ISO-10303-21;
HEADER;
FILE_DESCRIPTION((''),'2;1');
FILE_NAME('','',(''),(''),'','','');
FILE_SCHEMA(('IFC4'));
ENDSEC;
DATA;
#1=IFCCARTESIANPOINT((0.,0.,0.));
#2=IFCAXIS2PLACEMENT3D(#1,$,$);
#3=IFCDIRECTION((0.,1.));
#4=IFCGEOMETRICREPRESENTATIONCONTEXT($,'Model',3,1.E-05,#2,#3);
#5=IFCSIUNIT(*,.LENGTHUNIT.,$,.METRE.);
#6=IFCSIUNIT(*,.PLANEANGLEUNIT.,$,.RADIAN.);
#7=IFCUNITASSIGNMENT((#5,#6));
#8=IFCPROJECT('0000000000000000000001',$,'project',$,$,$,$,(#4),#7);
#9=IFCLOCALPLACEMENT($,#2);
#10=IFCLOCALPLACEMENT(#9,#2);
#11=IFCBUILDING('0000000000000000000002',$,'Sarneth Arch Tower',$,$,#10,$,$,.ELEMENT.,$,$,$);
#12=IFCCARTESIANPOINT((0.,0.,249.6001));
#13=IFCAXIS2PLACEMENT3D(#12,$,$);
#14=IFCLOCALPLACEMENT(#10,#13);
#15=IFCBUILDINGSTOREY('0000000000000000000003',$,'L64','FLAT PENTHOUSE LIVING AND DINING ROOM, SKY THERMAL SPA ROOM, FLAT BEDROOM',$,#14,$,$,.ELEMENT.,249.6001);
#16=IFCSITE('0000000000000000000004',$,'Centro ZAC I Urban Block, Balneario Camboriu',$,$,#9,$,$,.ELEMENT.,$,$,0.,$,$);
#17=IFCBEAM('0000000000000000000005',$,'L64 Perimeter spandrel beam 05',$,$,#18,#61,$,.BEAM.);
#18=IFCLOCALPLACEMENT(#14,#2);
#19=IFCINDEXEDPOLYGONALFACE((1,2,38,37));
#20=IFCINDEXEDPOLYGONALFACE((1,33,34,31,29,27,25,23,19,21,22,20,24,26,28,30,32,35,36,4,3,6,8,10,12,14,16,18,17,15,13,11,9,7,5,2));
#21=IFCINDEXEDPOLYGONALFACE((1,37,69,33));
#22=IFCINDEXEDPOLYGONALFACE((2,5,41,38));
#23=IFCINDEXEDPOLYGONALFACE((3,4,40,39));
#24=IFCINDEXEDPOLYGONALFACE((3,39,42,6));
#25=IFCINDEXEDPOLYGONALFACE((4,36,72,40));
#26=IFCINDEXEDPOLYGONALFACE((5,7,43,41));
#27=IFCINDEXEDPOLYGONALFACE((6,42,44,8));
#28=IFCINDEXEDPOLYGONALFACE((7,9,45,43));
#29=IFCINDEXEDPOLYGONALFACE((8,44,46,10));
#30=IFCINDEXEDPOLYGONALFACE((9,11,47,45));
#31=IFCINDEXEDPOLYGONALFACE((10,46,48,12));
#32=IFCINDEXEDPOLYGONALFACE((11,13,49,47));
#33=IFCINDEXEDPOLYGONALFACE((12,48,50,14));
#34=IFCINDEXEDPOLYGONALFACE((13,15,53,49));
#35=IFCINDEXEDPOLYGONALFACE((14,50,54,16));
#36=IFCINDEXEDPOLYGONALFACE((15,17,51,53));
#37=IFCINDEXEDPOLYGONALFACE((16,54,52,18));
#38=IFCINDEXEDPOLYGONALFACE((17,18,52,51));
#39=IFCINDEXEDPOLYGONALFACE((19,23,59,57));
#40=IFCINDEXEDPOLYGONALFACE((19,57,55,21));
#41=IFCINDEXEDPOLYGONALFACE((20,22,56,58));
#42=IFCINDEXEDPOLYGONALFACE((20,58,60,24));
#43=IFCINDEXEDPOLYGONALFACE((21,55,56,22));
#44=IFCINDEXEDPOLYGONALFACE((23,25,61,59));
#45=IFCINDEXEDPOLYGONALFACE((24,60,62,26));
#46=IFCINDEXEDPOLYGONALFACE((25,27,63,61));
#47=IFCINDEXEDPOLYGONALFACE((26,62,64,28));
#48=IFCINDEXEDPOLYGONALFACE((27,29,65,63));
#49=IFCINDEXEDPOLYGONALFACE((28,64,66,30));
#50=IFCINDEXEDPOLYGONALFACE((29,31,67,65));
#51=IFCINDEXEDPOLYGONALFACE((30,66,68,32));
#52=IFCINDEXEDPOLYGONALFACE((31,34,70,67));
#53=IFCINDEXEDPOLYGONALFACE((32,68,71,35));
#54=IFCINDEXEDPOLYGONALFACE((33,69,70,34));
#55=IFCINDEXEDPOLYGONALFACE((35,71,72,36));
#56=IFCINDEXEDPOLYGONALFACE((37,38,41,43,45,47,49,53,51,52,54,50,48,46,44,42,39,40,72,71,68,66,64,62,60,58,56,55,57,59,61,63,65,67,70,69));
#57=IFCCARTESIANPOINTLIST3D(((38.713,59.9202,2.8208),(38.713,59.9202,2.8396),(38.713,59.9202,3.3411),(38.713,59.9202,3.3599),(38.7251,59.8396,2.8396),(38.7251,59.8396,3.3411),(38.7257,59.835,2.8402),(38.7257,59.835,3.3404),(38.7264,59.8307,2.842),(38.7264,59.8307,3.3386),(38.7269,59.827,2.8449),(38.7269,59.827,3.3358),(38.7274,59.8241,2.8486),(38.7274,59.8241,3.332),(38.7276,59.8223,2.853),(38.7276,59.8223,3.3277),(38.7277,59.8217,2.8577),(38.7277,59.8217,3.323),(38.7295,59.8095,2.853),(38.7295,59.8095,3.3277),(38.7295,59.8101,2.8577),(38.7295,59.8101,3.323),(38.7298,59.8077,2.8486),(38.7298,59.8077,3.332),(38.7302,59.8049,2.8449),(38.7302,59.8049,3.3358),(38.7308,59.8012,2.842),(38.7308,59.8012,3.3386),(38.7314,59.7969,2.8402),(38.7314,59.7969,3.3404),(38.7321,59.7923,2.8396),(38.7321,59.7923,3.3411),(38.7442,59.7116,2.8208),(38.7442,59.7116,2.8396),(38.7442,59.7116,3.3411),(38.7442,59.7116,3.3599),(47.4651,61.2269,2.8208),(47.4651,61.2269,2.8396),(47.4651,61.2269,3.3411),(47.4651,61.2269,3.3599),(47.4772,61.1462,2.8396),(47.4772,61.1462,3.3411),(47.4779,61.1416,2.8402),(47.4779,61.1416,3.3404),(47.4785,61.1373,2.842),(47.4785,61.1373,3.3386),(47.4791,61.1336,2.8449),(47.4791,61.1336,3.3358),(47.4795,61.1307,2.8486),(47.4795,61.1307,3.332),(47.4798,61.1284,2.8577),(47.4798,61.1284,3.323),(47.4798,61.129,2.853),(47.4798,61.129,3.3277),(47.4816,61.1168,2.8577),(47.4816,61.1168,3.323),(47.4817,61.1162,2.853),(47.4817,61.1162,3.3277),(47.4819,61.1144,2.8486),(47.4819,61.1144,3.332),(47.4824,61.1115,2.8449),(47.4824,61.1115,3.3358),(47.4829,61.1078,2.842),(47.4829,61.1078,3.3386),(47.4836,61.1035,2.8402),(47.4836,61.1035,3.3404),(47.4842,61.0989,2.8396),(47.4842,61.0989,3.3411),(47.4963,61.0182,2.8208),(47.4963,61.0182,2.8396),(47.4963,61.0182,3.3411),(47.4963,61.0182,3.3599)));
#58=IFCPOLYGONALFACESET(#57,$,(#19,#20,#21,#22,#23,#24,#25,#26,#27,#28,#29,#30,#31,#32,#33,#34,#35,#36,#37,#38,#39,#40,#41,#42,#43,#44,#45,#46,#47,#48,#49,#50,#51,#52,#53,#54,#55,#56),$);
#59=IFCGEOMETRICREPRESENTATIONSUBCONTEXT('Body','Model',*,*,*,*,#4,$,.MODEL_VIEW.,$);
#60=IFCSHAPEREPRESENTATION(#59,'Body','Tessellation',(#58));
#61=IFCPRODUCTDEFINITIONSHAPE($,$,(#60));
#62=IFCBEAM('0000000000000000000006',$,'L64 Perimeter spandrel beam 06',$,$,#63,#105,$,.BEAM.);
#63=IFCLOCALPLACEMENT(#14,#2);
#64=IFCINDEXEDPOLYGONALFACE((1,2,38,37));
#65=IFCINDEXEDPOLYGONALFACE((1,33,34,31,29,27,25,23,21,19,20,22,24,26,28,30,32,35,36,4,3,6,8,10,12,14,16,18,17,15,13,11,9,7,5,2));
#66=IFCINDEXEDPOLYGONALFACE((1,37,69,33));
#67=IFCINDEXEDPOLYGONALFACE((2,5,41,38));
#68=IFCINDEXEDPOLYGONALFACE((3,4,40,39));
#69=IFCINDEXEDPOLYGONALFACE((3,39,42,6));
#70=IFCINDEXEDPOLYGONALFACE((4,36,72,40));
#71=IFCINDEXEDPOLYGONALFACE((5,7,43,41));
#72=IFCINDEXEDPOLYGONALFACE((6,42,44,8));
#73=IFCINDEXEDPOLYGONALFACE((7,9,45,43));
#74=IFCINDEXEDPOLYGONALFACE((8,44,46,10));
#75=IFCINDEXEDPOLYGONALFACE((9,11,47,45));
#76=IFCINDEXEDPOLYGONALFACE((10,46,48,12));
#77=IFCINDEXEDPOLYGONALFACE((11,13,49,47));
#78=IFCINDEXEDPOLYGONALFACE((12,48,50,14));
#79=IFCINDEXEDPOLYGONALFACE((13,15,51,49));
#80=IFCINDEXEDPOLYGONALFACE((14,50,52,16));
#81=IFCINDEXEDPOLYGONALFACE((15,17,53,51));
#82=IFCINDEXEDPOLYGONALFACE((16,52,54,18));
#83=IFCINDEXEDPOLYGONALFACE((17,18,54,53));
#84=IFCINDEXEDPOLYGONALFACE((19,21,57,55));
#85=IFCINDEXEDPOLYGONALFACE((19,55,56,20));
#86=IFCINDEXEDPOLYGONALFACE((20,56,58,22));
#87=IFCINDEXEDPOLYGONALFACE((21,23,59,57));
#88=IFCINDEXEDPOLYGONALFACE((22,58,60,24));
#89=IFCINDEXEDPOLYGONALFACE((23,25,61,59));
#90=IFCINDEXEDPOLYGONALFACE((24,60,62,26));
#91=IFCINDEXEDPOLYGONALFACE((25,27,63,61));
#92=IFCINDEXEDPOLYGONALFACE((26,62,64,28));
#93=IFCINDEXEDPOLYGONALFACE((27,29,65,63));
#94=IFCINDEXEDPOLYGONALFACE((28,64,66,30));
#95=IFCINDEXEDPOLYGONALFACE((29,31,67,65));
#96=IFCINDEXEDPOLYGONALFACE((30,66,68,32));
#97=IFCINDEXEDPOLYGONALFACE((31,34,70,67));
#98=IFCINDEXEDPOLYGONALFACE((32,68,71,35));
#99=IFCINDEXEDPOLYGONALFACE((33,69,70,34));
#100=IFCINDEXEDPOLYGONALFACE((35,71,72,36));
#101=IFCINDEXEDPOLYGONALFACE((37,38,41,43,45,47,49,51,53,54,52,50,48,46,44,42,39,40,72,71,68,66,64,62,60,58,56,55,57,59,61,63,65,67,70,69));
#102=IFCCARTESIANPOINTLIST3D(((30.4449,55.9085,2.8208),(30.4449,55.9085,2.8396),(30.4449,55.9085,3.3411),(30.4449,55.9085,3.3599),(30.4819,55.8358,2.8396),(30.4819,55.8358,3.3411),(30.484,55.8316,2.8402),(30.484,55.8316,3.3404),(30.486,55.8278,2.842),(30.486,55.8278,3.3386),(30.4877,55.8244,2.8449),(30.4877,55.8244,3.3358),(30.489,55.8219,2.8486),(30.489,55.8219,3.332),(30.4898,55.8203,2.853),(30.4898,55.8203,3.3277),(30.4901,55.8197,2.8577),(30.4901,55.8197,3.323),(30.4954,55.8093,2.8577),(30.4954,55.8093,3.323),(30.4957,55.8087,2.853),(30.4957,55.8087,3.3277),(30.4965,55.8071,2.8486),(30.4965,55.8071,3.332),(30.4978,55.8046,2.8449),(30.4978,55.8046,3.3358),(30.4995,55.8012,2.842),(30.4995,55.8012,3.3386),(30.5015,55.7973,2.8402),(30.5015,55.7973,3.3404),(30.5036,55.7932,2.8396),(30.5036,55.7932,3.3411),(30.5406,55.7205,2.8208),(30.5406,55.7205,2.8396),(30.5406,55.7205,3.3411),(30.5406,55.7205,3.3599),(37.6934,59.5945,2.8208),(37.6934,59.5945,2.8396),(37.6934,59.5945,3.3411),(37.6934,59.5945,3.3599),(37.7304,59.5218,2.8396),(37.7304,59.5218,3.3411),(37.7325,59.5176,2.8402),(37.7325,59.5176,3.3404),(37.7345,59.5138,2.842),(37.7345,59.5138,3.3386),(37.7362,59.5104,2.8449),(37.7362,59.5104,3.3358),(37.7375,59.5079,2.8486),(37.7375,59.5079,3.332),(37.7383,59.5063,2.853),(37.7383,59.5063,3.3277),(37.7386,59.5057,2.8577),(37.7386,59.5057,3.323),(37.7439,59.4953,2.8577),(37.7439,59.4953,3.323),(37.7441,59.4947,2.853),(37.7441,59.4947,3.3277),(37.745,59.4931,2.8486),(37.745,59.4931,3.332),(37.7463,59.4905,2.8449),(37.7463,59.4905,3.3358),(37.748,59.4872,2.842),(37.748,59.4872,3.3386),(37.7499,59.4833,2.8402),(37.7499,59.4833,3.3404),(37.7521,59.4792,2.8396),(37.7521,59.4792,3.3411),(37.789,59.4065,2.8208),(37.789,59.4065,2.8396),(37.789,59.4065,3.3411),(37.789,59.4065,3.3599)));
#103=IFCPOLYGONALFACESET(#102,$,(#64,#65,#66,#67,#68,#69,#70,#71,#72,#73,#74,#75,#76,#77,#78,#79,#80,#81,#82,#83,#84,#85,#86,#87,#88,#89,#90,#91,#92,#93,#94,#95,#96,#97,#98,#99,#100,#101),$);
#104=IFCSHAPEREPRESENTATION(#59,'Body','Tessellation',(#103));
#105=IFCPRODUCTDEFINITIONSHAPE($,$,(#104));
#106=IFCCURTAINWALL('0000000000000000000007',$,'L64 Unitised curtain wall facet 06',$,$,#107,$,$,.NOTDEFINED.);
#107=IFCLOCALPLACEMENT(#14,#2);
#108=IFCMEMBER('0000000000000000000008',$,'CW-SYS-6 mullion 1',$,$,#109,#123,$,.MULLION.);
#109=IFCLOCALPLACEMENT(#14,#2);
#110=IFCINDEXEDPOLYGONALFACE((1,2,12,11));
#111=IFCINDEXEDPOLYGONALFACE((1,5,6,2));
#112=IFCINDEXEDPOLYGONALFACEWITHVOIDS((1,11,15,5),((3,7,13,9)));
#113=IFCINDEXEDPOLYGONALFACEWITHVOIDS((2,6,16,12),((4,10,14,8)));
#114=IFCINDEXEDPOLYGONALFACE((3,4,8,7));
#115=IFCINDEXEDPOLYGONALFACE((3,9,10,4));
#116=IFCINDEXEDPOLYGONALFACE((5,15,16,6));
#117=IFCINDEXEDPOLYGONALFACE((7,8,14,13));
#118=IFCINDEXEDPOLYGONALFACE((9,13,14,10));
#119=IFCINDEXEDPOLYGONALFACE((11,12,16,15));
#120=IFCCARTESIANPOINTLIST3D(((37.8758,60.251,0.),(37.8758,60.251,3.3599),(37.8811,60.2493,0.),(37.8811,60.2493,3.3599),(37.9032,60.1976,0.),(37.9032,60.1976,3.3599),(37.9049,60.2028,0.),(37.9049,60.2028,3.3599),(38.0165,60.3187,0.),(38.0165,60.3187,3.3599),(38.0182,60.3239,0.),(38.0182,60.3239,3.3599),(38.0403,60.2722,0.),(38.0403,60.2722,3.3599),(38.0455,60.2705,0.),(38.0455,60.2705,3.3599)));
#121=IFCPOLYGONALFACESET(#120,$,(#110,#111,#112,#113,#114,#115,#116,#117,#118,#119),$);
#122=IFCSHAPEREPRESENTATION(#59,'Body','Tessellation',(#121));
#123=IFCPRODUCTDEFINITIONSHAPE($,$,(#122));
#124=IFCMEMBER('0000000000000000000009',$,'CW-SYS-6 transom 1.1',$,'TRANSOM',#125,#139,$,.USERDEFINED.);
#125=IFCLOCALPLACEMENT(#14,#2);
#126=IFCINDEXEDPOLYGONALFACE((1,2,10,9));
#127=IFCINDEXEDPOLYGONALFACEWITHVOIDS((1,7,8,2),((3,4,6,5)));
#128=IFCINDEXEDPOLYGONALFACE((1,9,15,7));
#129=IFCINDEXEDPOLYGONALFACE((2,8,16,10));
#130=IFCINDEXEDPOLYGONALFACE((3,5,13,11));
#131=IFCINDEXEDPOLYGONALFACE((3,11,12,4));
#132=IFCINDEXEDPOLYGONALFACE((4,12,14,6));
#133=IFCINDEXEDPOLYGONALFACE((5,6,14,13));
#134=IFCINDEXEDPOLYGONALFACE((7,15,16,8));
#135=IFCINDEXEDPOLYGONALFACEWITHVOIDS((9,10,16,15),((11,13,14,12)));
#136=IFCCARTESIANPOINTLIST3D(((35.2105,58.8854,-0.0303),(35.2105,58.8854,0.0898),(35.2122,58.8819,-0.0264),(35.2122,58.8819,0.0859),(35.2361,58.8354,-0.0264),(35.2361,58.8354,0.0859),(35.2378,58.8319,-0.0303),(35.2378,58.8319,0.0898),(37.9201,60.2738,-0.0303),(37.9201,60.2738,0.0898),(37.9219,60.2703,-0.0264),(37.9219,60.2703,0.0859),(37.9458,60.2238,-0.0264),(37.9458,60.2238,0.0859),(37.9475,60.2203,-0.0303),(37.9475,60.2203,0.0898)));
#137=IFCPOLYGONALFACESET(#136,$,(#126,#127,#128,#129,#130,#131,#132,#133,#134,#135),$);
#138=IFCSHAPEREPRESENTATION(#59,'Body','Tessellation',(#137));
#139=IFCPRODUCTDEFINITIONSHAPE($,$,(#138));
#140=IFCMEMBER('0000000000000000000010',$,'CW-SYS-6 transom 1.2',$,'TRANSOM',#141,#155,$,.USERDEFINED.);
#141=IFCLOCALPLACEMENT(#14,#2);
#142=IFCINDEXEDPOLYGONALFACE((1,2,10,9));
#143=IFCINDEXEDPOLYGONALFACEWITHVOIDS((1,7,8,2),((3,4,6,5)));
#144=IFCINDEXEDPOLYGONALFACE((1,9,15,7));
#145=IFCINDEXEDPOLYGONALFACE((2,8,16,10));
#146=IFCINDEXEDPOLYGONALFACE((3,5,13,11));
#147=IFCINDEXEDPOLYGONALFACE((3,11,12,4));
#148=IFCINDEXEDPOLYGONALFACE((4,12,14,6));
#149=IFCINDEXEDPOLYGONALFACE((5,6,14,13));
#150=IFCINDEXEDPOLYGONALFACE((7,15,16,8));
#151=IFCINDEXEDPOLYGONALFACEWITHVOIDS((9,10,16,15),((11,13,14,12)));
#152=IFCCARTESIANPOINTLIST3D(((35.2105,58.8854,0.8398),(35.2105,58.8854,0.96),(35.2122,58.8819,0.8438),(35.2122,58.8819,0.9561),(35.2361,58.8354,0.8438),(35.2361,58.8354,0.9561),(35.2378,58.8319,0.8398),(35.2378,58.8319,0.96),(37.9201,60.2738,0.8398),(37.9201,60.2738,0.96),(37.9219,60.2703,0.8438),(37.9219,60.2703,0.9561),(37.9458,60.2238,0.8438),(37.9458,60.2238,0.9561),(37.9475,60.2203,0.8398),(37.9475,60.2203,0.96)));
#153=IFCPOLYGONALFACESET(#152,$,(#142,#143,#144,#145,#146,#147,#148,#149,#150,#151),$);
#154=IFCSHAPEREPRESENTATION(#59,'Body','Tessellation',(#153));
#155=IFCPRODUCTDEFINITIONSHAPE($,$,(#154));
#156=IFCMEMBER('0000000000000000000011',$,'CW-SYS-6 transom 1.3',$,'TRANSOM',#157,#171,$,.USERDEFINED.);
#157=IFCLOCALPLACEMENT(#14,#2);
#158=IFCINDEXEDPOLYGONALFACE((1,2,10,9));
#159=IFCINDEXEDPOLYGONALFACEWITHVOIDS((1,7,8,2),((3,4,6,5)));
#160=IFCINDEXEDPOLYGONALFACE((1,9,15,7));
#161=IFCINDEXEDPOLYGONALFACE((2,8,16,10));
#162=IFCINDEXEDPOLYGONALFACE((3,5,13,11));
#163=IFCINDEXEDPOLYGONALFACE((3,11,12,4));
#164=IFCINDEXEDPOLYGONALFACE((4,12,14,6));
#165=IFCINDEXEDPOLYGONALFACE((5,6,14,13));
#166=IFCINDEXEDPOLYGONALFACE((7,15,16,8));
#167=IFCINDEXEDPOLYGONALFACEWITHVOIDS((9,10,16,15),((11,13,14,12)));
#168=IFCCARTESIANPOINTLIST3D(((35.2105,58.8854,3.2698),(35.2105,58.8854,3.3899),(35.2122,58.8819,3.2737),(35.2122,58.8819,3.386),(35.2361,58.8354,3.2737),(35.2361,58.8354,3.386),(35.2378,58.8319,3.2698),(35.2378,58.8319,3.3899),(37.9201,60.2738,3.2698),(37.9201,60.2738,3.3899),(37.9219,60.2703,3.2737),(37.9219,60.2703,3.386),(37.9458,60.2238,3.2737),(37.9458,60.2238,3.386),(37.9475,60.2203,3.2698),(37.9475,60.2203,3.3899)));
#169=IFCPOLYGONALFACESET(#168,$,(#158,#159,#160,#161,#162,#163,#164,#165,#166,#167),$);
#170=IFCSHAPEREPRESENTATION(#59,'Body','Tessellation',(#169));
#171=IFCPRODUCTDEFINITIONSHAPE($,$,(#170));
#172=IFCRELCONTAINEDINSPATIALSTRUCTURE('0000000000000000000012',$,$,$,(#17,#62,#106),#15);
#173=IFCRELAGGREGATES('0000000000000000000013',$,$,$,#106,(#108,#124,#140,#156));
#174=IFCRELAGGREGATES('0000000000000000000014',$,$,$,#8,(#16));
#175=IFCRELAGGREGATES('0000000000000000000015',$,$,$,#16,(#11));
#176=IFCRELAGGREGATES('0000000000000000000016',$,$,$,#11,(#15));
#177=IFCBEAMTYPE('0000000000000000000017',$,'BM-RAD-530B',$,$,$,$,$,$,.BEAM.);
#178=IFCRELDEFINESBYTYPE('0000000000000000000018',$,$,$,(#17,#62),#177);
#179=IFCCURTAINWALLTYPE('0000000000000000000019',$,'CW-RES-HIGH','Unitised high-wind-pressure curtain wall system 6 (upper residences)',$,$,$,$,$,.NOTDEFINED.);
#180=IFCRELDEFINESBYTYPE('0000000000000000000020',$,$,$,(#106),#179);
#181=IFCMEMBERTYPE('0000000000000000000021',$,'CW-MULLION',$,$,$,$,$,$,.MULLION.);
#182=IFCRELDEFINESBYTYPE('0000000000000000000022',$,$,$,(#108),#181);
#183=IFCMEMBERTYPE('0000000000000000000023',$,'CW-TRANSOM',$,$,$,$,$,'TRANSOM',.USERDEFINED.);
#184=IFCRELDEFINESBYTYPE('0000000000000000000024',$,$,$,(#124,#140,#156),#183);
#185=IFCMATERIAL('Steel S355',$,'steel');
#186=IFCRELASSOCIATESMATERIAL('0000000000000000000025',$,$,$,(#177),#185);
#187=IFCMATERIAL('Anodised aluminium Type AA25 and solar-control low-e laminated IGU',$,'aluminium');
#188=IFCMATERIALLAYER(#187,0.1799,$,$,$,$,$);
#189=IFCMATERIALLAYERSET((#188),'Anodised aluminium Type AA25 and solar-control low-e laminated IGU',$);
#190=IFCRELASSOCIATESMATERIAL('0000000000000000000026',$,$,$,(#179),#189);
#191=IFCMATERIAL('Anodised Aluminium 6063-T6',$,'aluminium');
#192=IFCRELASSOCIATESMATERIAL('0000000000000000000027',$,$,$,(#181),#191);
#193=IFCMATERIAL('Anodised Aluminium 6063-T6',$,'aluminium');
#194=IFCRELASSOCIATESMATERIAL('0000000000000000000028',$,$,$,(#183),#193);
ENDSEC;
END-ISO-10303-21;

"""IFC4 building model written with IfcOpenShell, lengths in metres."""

from ifc_helpers import new_model, si_unit, direction, frame, origin, origin_2d, place, context, subcontext, project, spatial, hollow_rectangle, i_section, extrude, material, layer, layer_set, material_profile, profile_set, type_object, element, aggregate, save


model = new_model("IFC4")

# Units and contexts
model_context = context("Model", 3, precision=1e-05, world=origin(), true_north=direction((0.0, 1.0)))
body_context = subcontext(model_context, "Body", "Model", "MODEL_VIEW")
ifc_project = project(units=[si_unit("LENGTHUNIT", "METRE"), si_unit("PLANEANGLEUNIT", "RADIAN")], contexts=[model_context])

# Site, building, storey
site_placement = place(None, origin())
site = spatial("IfcSite", under=ifc_project, at=site_placement, Name="Centro ZAC I Urban Block, Balneario Camboriu", CompositionType="ELEMENT", RefElevation=0.0)
building_placement = place(site_placement, origin())
building = spatial("IfcBuilding", under=site, at=building_placement, Name="Sarneth Arch Tower", CompositionType="ELEMENT")
storey_placement = place(building_placement, frame((0.0, 0.0, 249.6001)))
storey = spatial("IfcBuildingStorey", under=building, at=storey_placement, Name="L64", Description="FLAT PENTHOUSE LIVING AND DINING ROOM, SKY THERMAL SPA ROOM, FLAT BEDROOM", CompositionType="ELEMENT", Elevation=249.6001)

# Beams
ifc_material_1 = material(Name="Steel S355", Category="steel")
ifc_material_profile_1 = material_profile(ifc_material_1, i_section(OverallWidth=0.2109, OverallDepth=0.5391, WebThickness=0.0117, FlangeThickness=0.0188, FilletRadius=0.0181, at=origin_2d()), Name="W530x109")
ifc_profile_set_1 = profile_set([ifc_material_profile_1], Name="Steel S355")
beam_type = type_object("IfcBeamType", Name="BM-RAD-530B", PredefinedType="BEAM", material=ifc_profile_set_1)
beam_1_placement = place(storey_placement, frame((47.4807, 61.1226, 3.0903), z_axis=(-0.989039, -0.147656, 0.0), x_axis=(0.147656, -0.989039, 0.0)))
element("IfcBeam", 1, at=beam_1_placement, inside=storey, type_object=beam_type, Name="L64 Perimeter spandrel beam 05", PredefinedType="BEAM", context=body_context, shape_type="SweptSolid", body=[
    extrude(i_section(OverallWidth=0.2109, OverallDepth=0.5391, WebThickness=0.0117, FlangeThickness=0.0188, FilletRadius=0.0181, at=origin_2d()), origin(), (0.0, 0.0, 1.0), 8.8491),
])
beam_2_placement = place(storey_placement, frame((37.7412, 59.5005, 3.0903), z_axis=(-0.891368, -0.45328, 0.0), x_axis=(0.45328, -0.891368, 0.0)))
element("IfcBeam", 2, at=beam_2_placement, inside=storey, type_object=beam_type, Name="L64 Perimeter spandrel beam 06", PredefinedType="BEAM", context=body_context, shape_type="SweptSolid", body=[
    extrude(i_section(OverallWidth=0.2109, OverallDepth=0.5391, WebThickness=0.0117, FlangeThickness=0.0188, FilletRadius=0.0181, at=origin_2d()), origin(), (0.0, 0.0, 1.0), 8.1318),
])

# Curtain wall, members
ifc_material_2 = material(Name="Anodised aluminium Type AA25 and solar-control low-e laminated IGU", Category="aluminium")
ifc_layer_1 = layer(ifc_material_2, 0.1799)
ifc_layer_set_1 = layer_set([ifc_layer_1], Name="Anodised aluminium Type AA25 and solar-control low-e laminated IGU")
curtain_wall_type = type_object("IfcCurtainWallType", Name="CW-RES-HIGH", Description="Unitised high-wind-pressure curtain wall system 6 (upper residences)", PredefinedType="NOTDEFINED", material=ifc_layer_set_1)
curtain_wall_placement = place(storey_placement, origin())
curtain_wall = element("IfcCurtainWall", 3, at=curtain_wall_placement, inside=storey, type_object=curtain_wall_type, Name="L64 Unitised curtain wall facet 06", PredefinedType="NOTDEFINED")
ifc_material_3 = material(Name="Anodised Aluminium 6063-T6", Category="aluminium")
ifc_material_profile_2 = material_profile(ifc_material_3, hollow_rectangle(XDim=0.0601, YDim=0.1599, WallThickness=0.0039, at=origin_2d()), Name="AL-MULL-160x60x4")
ifc_profile_set_2 = profile_set([ifc_material_profile_2], Name="Anodised Aluminium 6063-T6")
member_type_1 = type_object("IfcMemberType", Name="CW-MULLION", PredefinedType="MULLION", material=ifc_profile_set_2)
member_1_placement = place(storey_placement, frame((37.9607, 60.2607, 0.0), z_axis=(0.0, 0.0, 1.0), x_axis=(0.455942, -0.89001, 0.0)))
member_1 = element("IfcMember", 4, at=member_1_placement, type_object=member_type_1, Name="CW-SYS-6 mullion 1", PredefinedType="MULLION", context=body_context, shape_type="SweptSolid", body=[
    extrude(hollow_rectangle(XDim=0.0601, YDim=0.1599, WallThickness=0.0039, at=origin_2d()), origin(), (0.0, 0.0, 1.0), 3.3599),
])
ifc_material_4 = material(Name="Anodised Aluminium 6063-T6", Category="aluminium")
ifc_material_profile_3 = material_profile(ifc_material_4, hollow_rectangle(XDim=0.0601, YDim=0.1201, WallThickness=0.0039, at=origin_2d()), Name="AL-TRAN-120x60x4")
ifc_profile_set_3 = profile_set([ifc_material_profile_3], Name="Anodised Aluminium 6063-T6")
member_type_2 = type_object("IfcMemberType", Name="CW-TRANSOM", ElementType="TRANSOM", PredefinedType="USERDEFINED", material=ifc_profile_set_3)
member_2_placement = place(storey_placement, frame((37.9338, 60.2471, 0.0298), z_axis=(-0.889974, -0.456012, 0.0), x_axis=(0.456012, -0.889974, 0.0)))
member_2 = element("IfcMember", 5, at=member_2_placement, type_object=member_type_2, Name="CW-SYS-6 transom 1.1", ObjectType="TRANSOM", PredefinedType="USERDEFINED", context=body_context, shape_type="SweptSolid", body=[
    extrude(hollow_rectangle(XDim=0.0601, YDim=0.1201, WallThickness=0.0039, at=origin_2d()), origin(), (0.0, 0.0, 1.0), 3.0447),
])
member_3_placement = place(storey_placement, frame((37.9338, 60.2471, 0.8999), z_axis=(-0.889974, -0.456012, 0.0), x_axis=(0.456012, -0.889974, 0.0)))
member_3 = element("IfcMember", 6, at=member_3_placement, type_object=member_type_2, Name="CW-SYS-6 transom 1.2", ObjectType="TRANSOM", PredefinedType="USERDEFINED", context=body_context, shape_type="SweptSolid", body=[
    extrude(hollow_rectangle(XDim=0.0601, YDim=0.1201, WallThickness=0.0039, at=origin_2d()), origin(), (0.0, 0.0, 1.0), 3.0447),
])
member_4_placement = place(storey_placement, frame((37.9338, 60.2471, 3.3298), z_axis=(-0.889974, -0.456012, 0.0), x_axis=(0.456012, -0.889974, 0.0)))
member_4 = element("IfcMember", 7, at=member_4_placement, type_object=member_type_2, Name="CW-SYS-6 transom 1.3", ObjectType="TRANSOM", PredefinedType="USERDEFINED", context=body_context, shape_type="SweptSolid", body=[
    extrude(hollow_rectangle(XDim=0.0601, YDim=0.1201, WallThickness=0.0039, at=origin_2d()), origin(), (0.0, 0.0, 1.0), 3.0447),
])
aggregate(curtain_wall, [member_1, member_2, member_3, member_4])

save(model, "model.ifc")
